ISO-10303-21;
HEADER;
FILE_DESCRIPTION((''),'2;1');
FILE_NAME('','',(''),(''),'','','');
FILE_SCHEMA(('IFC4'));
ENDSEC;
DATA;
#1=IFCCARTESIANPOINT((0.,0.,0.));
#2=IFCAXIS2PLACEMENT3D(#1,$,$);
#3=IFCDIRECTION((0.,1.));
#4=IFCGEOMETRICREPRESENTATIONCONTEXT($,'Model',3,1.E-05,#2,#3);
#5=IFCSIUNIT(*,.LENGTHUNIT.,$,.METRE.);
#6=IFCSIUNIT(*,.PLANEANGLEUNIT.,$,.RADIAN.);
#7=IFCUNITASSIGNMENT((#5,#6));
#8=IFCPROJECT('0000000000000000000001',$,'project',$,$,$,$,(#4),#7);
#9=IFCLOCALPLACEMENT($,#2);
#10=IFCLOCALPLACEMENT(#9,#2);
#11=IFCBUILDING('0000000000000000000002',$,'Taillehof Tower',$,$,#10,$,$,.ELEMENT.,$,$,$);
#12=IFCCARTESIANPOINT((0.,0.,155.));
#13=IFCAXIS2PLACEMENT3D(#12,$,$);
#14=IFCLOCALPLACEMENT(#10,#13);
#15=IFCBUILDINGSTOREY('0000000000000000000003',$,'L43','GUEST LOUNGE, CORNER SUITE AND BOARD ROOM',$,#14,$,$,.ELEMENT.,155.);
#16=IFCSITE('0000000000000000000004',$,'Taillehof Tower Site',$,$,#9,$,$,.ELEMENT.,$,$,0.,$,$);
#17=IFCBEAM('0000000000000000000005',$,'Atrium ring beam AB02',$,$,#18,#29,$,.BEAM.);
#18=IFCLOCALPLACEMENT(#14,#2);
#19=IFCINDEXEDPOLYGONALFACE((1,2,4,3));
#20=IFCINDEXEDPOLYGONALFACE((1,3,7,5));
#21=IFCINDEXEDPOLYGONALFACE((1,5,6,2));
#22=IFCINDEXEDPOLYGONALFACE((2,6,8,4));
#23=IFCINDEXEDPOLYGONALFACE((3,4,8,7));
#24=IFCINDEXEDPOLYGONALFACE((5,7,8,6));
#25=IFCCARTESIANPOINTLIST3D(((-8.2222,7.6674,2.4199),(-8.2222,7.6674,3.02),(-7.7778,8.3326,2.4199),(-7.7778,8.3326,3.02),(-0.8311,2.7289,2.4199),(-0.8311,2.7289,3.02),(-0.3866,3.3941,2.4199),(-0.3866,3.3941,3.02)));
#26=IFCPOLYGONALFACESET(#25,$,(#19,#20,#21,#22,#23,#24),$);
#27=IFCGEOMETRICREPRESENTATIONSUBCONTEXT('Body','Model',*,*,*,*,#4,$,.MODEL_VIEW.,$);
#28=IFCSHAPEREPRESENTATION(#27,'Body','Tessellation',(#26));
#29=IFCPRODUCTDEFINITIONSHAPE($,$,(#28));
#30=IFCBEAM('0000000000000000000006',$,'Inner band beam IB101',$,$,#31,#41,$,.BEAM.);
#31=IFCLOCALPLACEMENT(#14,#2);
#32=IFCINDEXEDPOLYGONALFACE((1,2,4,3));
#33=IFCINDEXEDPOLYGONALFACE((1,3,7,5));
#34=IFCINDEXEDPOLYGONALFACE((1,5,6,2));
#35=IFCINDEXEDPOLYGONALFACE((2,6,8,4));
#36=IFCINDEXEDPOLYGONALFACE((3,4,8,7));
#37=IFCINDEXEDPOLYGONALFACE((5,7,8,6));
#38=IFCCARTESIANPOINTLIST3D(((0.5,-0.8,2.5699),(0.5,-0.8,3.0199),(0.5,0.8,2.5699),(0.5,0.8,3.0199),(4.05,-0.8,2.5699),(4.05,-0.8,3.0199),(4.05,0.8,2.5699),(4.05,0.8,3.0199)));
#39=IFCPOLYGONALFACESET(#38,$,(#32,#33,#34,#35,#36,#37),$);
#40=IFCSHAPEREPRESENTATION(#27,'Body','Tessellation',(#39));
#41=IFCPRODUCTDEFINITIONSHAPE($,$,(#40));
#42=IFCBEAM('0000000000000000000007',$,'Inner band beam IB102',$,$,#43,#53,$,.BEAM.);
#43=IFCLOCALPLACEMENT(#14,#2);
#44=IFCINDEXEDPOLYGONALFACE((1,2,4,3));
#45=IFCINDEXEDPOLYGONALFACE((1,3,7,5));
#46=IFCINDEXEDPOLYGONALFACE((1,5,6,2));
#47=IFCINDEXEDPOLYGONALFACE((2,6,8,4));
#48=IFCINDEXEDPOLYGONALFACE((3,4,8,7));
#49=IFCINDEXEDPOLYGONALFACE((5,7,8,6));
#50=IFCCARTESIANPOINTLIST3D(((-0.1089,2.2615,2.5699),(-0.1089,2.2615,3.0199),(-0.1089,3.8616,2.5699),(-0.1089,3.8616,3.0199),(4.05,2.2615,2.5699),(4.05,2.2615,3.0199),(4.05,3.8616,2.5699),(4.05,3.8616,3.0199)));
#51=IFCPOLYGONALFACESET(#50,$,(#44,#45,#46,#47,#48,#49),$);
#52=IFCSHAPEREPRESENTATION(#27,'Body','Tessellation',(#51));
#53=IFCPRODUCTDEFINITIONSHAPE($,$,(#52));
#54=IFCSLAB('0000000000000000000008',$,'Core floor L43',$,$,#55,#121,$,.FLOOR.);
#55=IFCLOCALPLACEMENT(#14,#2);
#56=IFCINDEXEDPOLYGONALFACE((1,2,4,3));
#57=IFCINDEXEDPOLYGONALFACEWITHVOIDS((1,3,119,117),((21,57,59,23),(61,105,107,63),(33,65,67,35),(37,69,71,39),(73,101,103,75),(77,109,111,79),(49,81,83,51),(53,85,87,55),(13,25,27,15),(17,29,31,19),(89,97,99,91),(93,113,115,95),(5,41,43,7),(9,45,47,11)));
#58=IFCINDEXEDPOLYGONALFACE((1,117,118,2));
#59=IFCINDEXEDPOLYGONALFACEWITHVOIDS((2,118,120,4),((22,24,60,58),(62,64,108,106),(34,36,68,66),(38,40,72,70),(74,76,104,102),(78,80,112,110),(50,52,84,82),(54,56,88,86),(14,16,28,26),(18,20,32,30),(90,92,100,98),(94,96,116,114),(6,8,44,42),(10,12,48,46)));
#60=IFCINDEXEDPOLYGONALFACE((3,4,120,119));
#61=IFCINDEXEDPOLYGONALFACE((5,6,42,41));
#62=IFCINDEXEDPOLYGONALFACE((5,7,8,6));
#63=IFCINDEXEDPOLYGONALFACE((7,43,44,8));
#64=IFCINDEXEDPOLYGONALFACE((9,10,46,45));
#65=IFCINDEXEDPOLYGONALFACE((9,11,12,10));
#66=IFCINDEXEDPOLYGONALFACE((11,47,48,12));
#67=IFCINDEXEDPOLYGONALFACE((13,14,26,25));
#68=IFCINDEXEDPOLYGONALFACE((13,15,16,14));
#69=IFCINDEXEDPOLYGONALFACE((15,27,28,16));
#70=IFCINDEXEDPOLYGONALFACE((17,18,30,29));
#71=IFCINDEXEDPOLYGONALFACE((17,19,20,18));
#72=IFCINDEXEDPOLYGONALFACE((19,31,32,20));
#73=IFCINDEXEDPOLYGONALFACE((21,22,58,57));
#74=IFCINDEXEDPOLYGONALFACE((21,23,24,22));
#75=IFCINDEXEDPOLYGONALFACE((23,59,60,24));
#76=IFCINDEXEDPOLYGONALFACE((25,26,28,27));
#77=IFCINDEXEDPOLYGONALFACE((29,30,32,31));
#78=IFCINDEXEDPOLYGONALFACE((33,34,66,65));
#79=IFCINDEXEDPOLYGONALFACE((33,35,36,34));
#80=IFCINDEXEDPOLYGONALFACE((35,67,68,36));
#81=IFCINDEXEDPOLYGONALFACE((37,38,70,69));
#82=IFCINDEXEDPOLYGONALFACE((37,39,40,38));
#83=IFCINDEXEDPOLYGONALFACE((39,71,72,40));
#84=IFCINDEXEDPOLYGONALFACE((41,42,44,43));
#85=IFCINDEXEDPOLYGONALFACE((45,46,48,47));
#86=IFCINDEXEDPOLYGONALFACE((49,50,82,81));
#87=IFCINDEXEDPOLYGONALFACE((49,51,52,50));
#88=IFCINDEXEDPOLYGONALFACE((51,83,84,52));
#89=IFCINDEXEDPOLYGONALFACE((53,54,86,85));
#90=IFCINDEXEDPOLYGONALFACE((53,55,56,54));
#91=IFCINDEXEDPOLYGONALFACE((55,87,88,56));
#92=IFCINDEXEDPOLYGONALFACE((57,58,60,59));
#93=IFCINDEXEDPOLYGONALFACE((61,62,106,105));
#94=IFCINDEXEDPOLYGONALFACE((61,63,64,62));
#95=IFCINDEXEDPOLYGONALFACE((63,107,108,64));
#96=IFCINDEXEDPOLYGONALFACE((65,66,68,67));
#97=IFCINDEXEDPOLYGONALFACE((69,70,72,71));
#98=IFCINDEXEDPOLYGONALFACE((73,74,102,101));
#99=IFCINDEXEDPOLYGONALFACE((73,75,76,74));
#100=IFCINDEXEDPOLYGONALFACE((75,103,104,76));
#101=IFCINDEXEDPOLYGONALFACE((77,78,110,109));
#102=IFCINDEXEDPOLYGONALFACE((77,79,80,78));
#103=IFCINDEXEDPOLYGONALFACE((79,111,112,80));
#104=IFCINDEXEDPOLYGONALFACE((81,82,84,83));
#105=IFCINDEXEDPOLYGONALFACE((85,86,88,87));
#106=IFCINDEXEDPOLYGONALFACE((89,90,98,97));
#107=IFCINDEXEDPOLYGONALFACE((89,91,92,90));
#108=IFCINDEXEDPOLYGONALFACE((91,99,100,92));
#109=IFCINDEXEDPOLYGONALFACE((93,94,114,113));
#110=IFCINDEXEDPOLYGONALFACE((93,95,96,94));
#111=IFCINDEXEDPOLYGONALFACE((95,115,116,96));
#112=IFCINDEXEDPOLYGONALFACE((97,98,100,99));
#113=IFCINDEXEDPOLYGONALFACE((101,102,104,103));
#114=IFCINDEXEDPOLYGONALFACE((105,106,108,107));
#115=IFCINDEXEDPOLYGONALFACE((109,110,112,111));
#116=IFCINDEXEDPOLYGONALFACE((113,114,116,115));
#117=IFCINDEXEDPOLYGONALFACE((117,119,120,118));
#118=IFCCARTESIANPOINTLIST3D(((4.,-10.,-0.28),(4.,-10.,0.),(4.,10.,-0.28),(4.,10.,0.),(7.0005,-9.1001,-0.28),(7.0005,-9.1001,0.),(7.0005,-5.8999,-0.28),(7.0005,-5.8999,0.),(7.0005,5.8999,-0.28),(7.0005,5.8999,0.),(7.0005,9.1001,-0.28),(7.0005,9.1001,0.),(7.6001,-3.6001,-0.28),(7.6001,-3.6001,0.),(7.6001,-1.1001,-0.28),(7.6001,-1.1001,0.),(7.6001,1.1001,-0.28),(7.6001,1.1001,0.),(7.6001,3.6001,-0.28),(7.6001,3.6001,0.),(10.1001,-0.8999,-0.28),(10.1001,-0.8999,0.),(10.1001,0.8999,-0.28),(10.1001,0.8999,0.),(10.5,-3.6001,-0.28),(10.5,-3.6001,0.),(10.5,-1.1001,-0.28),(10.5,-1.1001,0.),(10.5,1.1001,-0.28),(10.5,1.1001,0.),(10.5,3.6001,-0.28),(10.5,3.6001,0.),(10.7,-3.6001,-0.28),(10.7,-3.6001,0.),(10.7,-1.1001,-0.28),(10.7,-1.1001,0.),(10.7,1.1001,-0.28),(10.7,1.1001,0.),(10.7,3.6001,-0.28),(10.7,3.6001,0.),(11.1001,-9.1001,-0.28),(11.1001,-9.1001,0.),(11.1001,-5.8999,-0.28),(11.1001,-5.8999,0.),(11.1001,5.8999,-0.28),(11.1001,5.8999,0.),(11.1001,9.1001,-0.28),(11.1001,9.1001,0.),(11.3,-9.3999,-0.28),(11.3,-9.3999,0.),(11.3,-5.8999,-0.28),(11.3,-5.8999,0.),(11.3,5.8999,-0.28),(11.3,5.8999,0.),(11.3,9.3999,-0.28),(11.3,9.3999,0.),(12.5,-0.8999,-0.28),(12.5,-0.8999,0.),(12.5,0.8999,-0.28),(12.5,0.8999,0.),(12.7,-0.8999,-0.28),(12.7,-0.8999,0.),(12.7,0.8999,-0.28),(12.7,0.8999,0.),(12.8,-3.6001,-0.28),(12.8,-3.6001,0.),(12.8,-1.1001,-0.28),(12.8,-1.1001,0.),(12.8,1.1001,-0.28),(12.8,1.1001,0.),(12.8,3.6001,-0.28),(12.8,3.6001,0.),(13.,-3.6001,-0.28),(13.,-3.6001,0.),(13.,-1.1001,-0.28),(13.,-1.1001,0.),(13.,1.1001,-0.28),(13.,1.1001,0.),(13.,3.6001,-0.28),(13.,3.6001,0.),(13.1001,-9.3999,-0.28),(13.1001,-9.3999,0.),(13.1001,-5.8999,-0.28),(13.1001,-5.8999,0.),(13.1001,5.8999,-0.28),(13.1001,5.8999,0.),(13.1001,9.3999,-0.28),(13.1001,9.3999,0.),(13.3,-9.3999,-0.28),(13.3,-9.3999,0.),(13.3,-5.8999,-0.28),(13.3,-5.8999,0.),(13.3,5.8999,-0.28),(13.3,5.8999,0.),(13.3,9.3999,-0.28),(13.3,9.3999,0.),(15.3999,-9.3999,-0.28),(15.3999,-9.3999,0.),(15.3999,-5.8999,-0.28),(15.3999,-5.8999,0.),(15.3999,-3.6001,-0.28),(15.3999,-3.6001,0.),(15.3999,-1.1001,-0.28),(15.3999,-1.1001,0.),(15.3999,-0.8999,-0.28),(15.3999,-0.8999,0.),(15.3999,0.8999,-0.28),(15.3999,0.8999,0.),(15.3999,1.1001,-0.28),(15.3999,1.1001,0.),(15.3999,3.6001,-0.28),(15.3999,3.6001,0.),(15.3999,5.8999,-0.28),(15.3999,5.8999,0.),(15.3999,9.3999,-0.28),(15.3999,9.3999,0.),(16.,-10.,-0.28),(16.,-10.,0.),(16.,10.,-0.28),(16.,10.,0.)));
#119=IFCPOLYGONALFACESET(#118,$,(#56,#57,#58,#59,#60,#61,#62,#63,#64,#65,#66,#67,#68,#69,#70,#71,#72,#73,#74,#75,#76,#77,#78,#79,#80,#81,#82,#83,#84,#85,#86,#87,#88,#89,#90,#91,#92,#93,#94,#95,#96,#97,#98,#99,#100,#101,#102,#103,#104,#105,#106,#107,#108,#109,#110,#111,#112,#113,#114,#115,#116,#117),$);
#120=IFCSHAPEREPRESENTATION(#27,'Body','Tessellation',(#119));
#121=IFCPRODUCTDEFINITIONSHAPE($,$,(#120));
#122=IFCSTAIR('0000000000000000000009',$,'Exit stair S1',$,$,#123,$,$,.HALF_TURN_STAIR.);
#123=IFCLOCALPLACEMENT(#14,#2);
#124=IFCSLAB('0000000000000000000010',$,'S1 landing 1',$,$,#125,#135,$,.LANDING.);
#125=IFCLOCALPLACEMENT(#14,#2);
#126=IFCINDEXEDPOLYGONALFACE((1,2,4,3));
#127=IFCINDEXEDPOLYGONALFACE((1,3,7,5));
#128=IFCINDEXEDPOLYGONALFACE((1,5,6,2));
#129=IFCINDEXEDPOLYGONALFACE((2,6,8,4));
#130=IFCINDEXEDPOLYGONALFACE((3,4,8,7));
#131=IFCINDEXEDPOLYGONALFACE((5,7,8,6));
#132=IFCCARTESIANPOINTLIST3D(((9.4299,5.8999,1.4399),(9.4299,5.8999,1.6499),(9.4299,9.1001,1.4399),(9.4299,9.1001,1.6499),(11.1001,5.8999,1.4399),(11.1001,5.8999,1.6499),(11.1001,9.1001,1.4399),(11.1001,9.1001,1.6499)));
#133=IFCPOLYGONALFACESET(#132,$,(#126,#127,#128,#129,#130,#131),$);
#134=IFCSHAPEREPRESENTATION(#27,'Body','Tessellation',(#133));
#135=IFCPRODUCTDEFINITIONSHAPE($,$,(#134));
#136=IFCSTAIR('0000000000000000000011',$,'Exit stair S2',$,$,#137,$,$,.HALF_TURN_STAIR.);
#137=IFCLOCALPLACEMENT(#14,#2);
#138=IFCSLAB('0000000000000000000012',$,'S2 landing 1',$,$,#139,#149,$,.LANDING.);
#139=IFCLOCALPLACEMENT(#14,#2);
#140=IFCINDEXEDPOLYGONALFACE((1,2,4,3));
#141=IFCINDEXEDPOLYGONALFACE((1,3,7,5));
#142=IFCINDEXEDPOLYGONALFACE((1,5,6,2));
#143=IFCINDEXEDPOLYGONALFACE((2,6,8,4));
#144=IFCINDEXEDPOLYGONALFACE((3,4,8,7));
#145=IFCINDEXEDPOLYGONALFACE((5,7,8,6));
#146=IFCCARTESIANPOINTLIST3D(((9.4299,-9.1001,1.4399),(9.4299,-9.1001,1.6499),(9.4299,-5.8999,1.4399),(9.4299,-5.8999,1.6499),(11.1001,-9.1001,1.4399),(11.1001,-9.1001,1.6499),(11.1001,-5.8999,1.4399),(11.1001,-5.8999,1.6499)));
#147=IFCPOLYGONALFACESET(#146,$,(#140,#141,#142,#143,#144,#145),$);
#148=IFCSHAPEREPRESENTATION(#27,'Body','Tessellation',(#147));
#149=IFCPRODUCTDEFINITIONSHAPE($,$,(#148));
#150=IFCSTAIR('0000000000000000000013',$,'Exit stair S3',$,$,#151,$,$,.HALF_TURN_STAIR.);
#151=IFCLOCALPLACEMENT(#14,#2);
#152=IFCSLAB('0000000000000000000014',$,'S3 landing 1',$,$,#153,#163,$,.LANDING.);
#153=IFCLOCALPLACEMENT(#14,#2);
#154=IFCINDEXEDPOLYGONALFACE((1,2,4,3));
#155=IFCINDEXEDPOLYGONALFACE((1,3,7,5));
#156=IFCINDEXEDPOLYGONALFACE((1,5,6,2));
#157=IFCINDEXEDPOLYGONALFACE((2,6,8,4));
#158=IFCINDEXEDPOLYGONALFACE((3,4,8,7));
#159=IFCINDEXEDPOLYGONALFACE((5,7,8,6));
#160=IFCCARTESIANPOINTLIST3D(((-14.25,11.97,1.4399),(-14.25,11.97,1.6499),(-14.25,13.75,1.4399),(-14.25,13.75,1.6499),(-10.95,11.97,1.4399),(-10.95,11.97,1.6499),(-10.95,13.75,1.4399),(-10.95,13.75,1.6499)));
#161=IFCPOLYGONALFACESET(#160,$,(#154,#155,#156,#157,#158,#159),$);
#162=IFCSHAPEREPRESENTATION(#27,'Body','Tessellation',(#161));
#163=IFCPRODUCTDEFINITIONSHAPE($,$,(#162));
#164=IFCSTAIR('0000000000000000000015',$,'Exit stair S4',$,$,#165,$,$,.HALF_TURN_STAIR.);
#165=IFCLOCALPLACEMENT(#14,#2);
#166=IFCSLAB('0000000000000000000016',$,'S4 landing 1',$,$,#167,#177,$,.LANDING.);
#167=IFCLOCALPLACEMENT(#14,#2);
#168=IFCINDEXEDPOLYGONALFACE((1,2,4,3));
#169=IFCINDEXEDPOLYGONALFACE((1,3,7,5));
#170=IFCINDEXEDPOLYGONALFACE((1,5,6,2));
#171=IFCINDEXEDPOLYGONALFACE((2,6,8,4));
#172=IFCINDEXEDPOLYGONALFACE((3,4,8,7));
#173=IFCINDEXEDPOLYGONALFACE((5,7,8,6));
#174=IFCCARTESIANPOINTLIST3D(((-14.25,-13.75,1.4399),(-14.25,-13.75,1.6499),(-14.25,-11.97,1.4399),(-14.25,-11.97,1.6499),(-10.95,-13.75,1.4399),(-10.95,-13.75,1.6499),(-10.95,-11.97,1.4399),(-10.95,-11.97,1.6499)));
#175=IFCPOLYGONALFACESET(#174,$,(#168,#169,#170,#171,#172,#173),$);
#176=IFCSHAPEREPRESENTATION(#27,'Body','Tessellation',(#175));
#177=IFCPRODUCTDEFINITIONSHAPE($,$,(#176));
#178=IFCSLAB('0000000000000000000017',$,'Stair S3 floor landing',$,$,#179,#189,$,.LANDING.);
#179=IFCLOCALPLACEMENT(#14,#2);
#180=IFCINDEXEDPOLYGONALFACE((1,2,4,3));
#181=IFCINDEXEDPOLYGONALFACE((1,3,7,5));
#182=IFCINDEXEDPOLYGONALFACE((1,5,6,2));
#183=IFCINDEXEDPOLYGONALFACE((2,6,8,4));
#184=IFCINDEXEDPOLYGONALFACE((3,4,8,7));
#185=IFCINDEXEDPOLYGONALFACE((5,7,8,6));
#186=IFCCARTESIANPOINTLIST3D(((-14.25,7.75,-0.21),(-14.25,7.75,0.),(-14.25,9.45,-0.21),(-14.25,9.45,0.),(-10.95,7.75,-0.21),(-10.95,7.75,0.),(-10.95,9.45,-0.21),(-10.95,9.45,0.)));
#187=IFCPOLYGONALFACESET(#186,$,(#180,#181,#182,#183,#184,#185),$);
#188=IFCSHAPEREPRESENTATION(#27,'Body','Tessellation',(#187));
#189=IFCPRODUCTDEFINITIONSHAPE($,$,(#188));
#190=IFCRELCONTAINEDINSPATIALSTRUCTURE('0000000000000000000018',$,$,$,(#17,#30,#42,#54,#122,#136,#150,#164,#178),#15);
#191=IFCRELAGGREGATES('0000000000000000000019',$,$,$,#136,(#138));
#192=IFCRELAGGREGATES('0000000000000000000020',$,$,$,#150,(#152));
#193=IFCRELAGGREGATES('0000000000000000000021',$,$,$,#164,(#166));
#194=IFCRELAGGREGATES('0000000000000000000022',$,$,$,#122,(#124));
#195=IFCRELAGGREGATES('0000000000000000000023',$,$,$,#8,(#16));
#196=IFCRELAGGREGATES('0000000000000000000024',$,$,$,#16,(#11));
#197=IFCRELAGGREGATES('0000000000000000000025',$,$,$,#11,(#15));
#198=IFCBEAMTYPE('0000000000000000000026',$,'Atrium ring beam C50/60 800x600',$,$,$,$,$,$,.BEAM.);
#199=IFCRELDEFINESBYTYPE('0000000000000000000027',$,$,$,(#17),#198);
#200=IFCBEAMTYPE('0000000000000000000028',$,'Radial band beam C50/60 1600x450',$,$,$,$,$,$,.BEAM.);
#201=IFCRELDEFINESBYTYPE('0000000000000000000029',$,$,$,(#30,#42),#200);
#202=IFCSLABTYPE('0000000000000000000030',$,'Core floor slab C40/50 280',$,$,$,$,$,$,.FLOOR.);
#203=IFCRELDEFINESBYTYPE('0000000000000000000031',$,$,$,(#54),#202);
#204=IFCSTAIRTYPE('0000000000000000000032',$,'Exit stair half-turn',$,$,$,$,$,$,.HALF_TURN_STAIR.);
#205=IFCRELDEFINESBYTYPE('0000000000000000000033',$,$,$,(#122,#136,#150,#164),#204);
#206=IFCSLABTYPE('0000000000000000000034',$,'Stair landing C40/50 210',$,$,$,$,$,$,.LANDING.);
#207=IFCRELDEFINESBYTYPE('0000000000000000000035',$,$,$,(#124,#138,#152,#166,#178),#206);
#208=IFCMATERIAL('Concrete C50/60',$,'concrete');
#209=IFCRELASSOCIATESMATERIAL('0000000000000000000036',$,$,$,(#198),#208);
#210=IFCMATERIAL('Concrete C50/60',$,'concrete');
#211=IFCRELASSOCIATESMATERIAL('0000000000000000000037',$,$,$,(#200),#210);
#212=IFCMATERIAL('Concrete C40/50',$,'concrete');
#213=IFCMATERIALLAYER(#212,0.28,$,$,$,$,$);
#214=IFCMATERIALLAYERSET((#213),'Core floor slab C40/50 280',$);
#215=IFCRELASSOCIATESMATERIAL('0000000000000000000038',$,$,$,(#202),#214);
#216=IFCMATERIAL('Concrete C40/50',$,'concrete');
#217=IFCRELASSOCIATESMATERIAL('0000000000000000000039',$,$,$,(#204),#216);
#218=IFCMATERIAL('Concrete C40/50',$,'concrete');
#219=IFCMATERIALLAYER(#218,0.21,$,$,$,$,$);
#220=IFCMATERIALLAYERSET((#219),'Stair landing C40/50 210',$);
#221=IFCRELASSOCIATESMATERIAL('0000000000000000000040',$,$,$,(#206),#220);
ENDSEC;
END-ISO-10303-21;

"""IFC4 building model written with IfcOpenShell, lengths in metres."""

from ifc_helpers import new_model, si_unit, direction, frame, origin, origin_2d, place, context, subcontext, project, spatial, polyline, rectangle, outline, extrude, material, layer, layer_set, material_profile, profile_set, type_object, element, aggregate, save


model = new_model("IFC4")

# Units and contexts
model_context = context("Model", 3, precision=1e-05, world=origin(), true_north=direction((0.0, 1.0)))
body_context = subcontext(model_context, "Body", "Model", "MODEL_VIEW")
ifc_project = project(units=[si_unit("LENGTHUNIT", "METRE"), si_unit("PLANEANGLEUNIT", "RADIAN")], contexts=[model_context])

# Site, building, storey
site_placement = place(None, origin())
site = spatial("IfcSite", under=ifc_project, at=site_placement, Name="Taillehof Tower Site", CompositionType="ELEMENT", RefElevation=0.0)
building_placement = place(site_placement, origin())
building = spatial("IfcBuilding", under=site, at=building_placement, Name="Taillehof Tower", CompositionType="ELEMENT")
storey_placement = place(building_placement, frame((0.0, 0.0, 155.0)))
storey = spatial("IfcBuildingStorey", under=building, at=storey_placement, Name="L43", Description="GUEST LOUNGE, CORNER SUITE AND BOARD ROOM", CompositionType="ELEMENT", Elevation=155.0)

# Beams
ifc_material_1 = material(Name="Concrete C50/60", Category="concrete")
ifc_material_profile_1 = material_profile(ifc_material_1, rectangle(XDim=0.8, YDim=0.6001, at=origin_2d()), Name="RC 800x600")
ifc_profile_set_1 = profile_set([ifc_material_profile_1], Name="Concrete C50/60")
beam_type_1 = type_object("IfcBeamType", Name="Atrium ring beam C50/60 800x600", PredefinedType="BEAM", material=ifc_profile_set_1)
beam_1_placement = place(storey_placement, frame((-0.6089, 3.0615, 2.72), z_axis=(-0.831475, 0.555562, 0.0), x_axis=(-0.555562, -0.831475, 0.0)))
element("IfcBeam", 1, at=beam_1_placement, inside=storey, type_object=beam_type_1, Name="Atrium ring beam AB02", PredefinedType="BEAM", context=body_context, shape_type="SweptSolid", body=[
    extrude(rectangle(XDim=0.8, YDim=0.6001, at=origin_2d()), origin(), (0.0, 0.0, 1.0), 8.8892),
])
ifc_material_2 = material(Name="Concrete C50/60", Category="concrete")
ifc_material_profile_2 = material_profile(ifc_material_2, rectangle(XDim=1.6001, YDim=0.45, at=origin_2d()), Name="RC 1600x450")
ifc_profile_set_2 = profile_set([ifc_material_profile_2], Name="Concrete C50/60")
beam_type_2 = type_object("IfcBeamType", Name="Radial band beam C50/60 1600x450", PredefinedType="BEAM", material=ifc_profile_set_2)
beam_2_placement = place(storey_placement, frame((0.5, 0.0, 2.7949), z_axis=(1.0, 0.0, 0.0), x_axis=(0.0, 1.0, 0.0)))
element("IfcBeam", 2, at=beam_2_placement, inside=storey, type_object=beam_type_2, Name="Inner band beam IB101", PredefinedType="BEAM", context=body_context, shape_type="SweptSolid", body=[
    extrude(rectangle(XDim=1.6001, YDim=0.45, at=origin_2d()), origin(), (0.0, 0.0, 1.0), 3.55),
])
beam_3_placement = place(storey_placement, frame((-0.1089, 3.0615, 2.7949), z_axis=(1.0, 0.0, 0.0), x_axis=(0.0, 1.0, 0.0)))
element("IfcBeam", 3, at=beam_3_placement, inside=storey, type_object=beam_type_2, Name="Inner band beam IB102", PredefinedType="BEAM", context=body_context, shape_type="SweptSolid", body=[
    extrude(rectangle(XDim=1.6001, YDim=0.45, at=origin_2d()), origin(), (0.0, 0.0, 1.0), 4.1589),
])

# Slab
ifc_material_3 = material(Name="Concrete C40/50", Category="concrete")
ifc_layer_1 = layer(ifc_material_3, 0.28)
ifc_layer_set_1 = layer_set([ifc_layer_1], Name="Core floor slab C40/50 280")
slab_type_1 = type_object("IfcSlabType", Name="Core floor slab C40/50 280", PredefinedType="FLOOR", material=ifc_layer_set_1)
slab_1_placement = place(storey_placement, frame((0.0, 0.0, -0.28)))
element("IfcSlab", 4, at=slab_1_placement, inside=storey, type_object=slab_type_1, Name="Core floor L43", PredefinedType="FLOOR", context=body_context, shape_type="SweptSolid", body=[
    extrude(outline(polyline([(4.0, -10.0), (4.0, 10.0), (16.0, 10.0), (16.0, -10.0), (4.0, -10.0)]), holes=[polyline([(11.1001, -9.1001), (11.1001, -5.8999), (7.0005, -5.8999), (7.0005, -9.1001), (11.1001, -9.1001)]), polyline([(10.5, -3.6001), (10.5, -1.1001), (7.6001, -1.1001), (7.6001, -3.6001), (10.5, -3.6001)]), polyline([(12.8, -3.6001), (12.8, -1.1001), (10.7, -1.1001), (10.7, -3.6001), (12.8, -3.6001)]), polyline([(12.5, -0.8999), (12.5, 0.8999), (10.1001, 0.8999), (10.1001, -0.8999), (12.5, -0.8999)]), polyline([(10.5, 1.1001), (10.5, 3.6001), (7.6001, 3.6001), (7.6001, 1.1001), (10.5, 1.1001)]), polyline([(12.8, 1.1001), (12.8, 3.6001), (10.7, 3.6001), (10.7, 1.1001), (12.8, 1.1001)]), polyline([(11.1001, 5.8999), (11.1001, 9.1001), (7.0005, 9.1001), (7.0005, 5.8999), (11.1001, 5.8999)]), polyline([(13.1001, -5.8999), (11.3, -5.8999), (11.3, -9.3999), (13.1001, -9.3999), (13.1001, -5.8999)]), polyline([(15.3999, -9.3999), (15.3999, -5.8999), (13.3, -5.8999), (13.3, -9.3999), (15.3999, -9.3999)]), polyline([(15.3999, -3.6001), (15.3999, -1.1001), (13.0, -1.1001), (13.0, -3.6001), (15.3999, -3.6001)]), polyline([(15.3999, -0.8999), (15.3999, 0.8999), (12.7, 0.8999), (12.7, -0.8999), (15.3999, -0.8999)]), polyline([(15.3999, 1.1001), (15.3999, 3.6001), (13.0, 3.6001), (13.0, 1.1001), (15.3999, 1.1001)]), polyline([(13.1001, 5.8999), (13.1001, 9.3999), (11.3, 9.3999), (11.3, 5.8999), (13.1001, 5.8999)]), polyline([(15.3999, 5.8999), (15.3999, 9.3999), (13.3, 9.3999), (13.3, 5.8999), (15.3999, 5.8999)])]), origin(), (0.0, 0.0, 1.0), 0.28),
])

# Stairs, slabs
ifc_material_4 = material(Name="Concrete C40/50", Category="concrete")
stair_type = type_object("IfcStairType", Name="Exit stair half-turn", PredefinedType="HALF_TURN_STAIR", material=ifc_material_4)
stair_1_placement = place(storey_placement, origin())
stair_1 = element("IfcStair", 5, at=stair_1_placement, inside=storey, type_object=stair_type, Name="Exit stair S1", PredefinedType="HALF_TURN_STAIR")
ifc_material_5 = material(Name="Concrete C40/50", Category="concrete")
ifc_layer_2 = layer(ifc_material_5, 0.21)
ifc_layer_set_2 = layer_set([ifc_layer_2], Name="Stair landing C40/50 210")
slab_type_2 = type_object("IfcSlabType", Name="Stair landing C40/50 210", PredefinedType="LANDING", material=ifc_layer_set_2)
slab_2_placement = place(storey_placement, frame((0.0, 0.0, 1.4399)))
slab_2 = element("IfcSlab", 6, at=slab_2_placement, type_object=slab_type_2, Name="S1 landing 1", PredefinedType="LANDING", context=body_context, shape_type="SweptSolid", body=[
    extrude(outline(polyline([(9.4299, 5.8999), (11.1001, 5.8999), (11.1001, 9.1001), (9.4299, 9.1001), (9.4299, 5.8999)])), origin(), (0.0, 0.0, 1.0), 0.21),
])
stair_2_placement = place(storey_placement, origin())
stair_2 = element("IfcStair", 7, at=stair_2_placement, inside=storey, type_object=stair_type, Name="Exit stair S2", PredefinedType="HALF_TURN_STAIR")
slab_3_placement = place(storey_placement, frame((0.0, 0.0, 1.4399)))
slab_3 = element("IfcSlab", 8, at=slab_3_placement, type_object=slab_type_2, Name="S2 landing 1", PredefinedType="LANDING", context=body_context, shape_type="SweptSolid", body=[
    extrude(outline(polyline([(9.4299, -5.8999), (11.1001, -5.8999), (11.1001, -9.1001), (9.4299, -9.1001), (9.4299, -5.8999)])), origin(), (0.0, 0.0, 1.0), 0.21),
])
aggregate(stair_2, [slab_3])
stair_3_placement = place(storey_placement, origin())
stair_3 = element("IfcStair", 9, at=stair_3_placement, inside=storey, type_object=stair_type, Name="Exit stair S3", PredefinedType="HALF_TURN_STAIR")
slab_4_placement = place(storey_placement, frame((0.0, 0.0, 1.4399)))
slab_4 = element("IfcSlab", 10, at=slab_4_placement, type_object=slab_type_2, Name="S3 landing 1", PredefinedType="LANDING", context=body_context, shape_type="SweptSolid", body=[
    extrude(outline(polyline([(-14.25, 11.97), (-14.25, 13.75), (-10.95, 13.75), (-10.95, 11.97), (-14.25, 11.97)])), origin(), (0.0, 0.0, 1.0), 0.21),
])
aggregate(stair_3, [slab_4])
stair_4_placement = place(storey_placement, origin())
stair_4 = element("IfcStair", 11, at=stair_4_placement, inside=storey, type_object=stair_type, Name="Exit stair S4", PredefinedType="HALF_TURN_STAIR")
slab_5_placement = place(storey_placement, frame((0.0, 0.0, 1.4399)))
slab_5 = element("IfcSlab", 12, at=slab_5_placement, type_object=slab_type_2, Name="S4 landing 1", PredefinedType="LANDING", context=body_context, shape_type="SweptSolid", body=[
    extrude(outline(polyline([(-14.25, -11.97), (-14.25, -13.75), (-10.95, -13.75), (-10.95, -11.97), (-14.25, -11.97)])), origin(), (0.0, 0.0, 1.0), 0.21),
])
aggregate(stair_4, [slab_5])

# Slab
slab_6_placement = place(storey_placement, frame((0.0, 0.0, -0.21)))
element("IfcSlab", 13, at=slab_6_placement, inside=storey, type_object=slab_type_2, Name="Stair S3 floor landing", PredefinedType="LANDING", context=body_context, shape_type="SweptSolid", body=[
    extrude(outline(polyline([(-14.25, 7.75), (-14.25, 9.45), (-10.95, 9.45), (-10.95, 7.75), (-14.25, 7.75)])), origin(), (0.0, 0.0, 1.0), 0.21),
])

aggregate(stair_1, [slab_2])

save(model, "model.ifc")
